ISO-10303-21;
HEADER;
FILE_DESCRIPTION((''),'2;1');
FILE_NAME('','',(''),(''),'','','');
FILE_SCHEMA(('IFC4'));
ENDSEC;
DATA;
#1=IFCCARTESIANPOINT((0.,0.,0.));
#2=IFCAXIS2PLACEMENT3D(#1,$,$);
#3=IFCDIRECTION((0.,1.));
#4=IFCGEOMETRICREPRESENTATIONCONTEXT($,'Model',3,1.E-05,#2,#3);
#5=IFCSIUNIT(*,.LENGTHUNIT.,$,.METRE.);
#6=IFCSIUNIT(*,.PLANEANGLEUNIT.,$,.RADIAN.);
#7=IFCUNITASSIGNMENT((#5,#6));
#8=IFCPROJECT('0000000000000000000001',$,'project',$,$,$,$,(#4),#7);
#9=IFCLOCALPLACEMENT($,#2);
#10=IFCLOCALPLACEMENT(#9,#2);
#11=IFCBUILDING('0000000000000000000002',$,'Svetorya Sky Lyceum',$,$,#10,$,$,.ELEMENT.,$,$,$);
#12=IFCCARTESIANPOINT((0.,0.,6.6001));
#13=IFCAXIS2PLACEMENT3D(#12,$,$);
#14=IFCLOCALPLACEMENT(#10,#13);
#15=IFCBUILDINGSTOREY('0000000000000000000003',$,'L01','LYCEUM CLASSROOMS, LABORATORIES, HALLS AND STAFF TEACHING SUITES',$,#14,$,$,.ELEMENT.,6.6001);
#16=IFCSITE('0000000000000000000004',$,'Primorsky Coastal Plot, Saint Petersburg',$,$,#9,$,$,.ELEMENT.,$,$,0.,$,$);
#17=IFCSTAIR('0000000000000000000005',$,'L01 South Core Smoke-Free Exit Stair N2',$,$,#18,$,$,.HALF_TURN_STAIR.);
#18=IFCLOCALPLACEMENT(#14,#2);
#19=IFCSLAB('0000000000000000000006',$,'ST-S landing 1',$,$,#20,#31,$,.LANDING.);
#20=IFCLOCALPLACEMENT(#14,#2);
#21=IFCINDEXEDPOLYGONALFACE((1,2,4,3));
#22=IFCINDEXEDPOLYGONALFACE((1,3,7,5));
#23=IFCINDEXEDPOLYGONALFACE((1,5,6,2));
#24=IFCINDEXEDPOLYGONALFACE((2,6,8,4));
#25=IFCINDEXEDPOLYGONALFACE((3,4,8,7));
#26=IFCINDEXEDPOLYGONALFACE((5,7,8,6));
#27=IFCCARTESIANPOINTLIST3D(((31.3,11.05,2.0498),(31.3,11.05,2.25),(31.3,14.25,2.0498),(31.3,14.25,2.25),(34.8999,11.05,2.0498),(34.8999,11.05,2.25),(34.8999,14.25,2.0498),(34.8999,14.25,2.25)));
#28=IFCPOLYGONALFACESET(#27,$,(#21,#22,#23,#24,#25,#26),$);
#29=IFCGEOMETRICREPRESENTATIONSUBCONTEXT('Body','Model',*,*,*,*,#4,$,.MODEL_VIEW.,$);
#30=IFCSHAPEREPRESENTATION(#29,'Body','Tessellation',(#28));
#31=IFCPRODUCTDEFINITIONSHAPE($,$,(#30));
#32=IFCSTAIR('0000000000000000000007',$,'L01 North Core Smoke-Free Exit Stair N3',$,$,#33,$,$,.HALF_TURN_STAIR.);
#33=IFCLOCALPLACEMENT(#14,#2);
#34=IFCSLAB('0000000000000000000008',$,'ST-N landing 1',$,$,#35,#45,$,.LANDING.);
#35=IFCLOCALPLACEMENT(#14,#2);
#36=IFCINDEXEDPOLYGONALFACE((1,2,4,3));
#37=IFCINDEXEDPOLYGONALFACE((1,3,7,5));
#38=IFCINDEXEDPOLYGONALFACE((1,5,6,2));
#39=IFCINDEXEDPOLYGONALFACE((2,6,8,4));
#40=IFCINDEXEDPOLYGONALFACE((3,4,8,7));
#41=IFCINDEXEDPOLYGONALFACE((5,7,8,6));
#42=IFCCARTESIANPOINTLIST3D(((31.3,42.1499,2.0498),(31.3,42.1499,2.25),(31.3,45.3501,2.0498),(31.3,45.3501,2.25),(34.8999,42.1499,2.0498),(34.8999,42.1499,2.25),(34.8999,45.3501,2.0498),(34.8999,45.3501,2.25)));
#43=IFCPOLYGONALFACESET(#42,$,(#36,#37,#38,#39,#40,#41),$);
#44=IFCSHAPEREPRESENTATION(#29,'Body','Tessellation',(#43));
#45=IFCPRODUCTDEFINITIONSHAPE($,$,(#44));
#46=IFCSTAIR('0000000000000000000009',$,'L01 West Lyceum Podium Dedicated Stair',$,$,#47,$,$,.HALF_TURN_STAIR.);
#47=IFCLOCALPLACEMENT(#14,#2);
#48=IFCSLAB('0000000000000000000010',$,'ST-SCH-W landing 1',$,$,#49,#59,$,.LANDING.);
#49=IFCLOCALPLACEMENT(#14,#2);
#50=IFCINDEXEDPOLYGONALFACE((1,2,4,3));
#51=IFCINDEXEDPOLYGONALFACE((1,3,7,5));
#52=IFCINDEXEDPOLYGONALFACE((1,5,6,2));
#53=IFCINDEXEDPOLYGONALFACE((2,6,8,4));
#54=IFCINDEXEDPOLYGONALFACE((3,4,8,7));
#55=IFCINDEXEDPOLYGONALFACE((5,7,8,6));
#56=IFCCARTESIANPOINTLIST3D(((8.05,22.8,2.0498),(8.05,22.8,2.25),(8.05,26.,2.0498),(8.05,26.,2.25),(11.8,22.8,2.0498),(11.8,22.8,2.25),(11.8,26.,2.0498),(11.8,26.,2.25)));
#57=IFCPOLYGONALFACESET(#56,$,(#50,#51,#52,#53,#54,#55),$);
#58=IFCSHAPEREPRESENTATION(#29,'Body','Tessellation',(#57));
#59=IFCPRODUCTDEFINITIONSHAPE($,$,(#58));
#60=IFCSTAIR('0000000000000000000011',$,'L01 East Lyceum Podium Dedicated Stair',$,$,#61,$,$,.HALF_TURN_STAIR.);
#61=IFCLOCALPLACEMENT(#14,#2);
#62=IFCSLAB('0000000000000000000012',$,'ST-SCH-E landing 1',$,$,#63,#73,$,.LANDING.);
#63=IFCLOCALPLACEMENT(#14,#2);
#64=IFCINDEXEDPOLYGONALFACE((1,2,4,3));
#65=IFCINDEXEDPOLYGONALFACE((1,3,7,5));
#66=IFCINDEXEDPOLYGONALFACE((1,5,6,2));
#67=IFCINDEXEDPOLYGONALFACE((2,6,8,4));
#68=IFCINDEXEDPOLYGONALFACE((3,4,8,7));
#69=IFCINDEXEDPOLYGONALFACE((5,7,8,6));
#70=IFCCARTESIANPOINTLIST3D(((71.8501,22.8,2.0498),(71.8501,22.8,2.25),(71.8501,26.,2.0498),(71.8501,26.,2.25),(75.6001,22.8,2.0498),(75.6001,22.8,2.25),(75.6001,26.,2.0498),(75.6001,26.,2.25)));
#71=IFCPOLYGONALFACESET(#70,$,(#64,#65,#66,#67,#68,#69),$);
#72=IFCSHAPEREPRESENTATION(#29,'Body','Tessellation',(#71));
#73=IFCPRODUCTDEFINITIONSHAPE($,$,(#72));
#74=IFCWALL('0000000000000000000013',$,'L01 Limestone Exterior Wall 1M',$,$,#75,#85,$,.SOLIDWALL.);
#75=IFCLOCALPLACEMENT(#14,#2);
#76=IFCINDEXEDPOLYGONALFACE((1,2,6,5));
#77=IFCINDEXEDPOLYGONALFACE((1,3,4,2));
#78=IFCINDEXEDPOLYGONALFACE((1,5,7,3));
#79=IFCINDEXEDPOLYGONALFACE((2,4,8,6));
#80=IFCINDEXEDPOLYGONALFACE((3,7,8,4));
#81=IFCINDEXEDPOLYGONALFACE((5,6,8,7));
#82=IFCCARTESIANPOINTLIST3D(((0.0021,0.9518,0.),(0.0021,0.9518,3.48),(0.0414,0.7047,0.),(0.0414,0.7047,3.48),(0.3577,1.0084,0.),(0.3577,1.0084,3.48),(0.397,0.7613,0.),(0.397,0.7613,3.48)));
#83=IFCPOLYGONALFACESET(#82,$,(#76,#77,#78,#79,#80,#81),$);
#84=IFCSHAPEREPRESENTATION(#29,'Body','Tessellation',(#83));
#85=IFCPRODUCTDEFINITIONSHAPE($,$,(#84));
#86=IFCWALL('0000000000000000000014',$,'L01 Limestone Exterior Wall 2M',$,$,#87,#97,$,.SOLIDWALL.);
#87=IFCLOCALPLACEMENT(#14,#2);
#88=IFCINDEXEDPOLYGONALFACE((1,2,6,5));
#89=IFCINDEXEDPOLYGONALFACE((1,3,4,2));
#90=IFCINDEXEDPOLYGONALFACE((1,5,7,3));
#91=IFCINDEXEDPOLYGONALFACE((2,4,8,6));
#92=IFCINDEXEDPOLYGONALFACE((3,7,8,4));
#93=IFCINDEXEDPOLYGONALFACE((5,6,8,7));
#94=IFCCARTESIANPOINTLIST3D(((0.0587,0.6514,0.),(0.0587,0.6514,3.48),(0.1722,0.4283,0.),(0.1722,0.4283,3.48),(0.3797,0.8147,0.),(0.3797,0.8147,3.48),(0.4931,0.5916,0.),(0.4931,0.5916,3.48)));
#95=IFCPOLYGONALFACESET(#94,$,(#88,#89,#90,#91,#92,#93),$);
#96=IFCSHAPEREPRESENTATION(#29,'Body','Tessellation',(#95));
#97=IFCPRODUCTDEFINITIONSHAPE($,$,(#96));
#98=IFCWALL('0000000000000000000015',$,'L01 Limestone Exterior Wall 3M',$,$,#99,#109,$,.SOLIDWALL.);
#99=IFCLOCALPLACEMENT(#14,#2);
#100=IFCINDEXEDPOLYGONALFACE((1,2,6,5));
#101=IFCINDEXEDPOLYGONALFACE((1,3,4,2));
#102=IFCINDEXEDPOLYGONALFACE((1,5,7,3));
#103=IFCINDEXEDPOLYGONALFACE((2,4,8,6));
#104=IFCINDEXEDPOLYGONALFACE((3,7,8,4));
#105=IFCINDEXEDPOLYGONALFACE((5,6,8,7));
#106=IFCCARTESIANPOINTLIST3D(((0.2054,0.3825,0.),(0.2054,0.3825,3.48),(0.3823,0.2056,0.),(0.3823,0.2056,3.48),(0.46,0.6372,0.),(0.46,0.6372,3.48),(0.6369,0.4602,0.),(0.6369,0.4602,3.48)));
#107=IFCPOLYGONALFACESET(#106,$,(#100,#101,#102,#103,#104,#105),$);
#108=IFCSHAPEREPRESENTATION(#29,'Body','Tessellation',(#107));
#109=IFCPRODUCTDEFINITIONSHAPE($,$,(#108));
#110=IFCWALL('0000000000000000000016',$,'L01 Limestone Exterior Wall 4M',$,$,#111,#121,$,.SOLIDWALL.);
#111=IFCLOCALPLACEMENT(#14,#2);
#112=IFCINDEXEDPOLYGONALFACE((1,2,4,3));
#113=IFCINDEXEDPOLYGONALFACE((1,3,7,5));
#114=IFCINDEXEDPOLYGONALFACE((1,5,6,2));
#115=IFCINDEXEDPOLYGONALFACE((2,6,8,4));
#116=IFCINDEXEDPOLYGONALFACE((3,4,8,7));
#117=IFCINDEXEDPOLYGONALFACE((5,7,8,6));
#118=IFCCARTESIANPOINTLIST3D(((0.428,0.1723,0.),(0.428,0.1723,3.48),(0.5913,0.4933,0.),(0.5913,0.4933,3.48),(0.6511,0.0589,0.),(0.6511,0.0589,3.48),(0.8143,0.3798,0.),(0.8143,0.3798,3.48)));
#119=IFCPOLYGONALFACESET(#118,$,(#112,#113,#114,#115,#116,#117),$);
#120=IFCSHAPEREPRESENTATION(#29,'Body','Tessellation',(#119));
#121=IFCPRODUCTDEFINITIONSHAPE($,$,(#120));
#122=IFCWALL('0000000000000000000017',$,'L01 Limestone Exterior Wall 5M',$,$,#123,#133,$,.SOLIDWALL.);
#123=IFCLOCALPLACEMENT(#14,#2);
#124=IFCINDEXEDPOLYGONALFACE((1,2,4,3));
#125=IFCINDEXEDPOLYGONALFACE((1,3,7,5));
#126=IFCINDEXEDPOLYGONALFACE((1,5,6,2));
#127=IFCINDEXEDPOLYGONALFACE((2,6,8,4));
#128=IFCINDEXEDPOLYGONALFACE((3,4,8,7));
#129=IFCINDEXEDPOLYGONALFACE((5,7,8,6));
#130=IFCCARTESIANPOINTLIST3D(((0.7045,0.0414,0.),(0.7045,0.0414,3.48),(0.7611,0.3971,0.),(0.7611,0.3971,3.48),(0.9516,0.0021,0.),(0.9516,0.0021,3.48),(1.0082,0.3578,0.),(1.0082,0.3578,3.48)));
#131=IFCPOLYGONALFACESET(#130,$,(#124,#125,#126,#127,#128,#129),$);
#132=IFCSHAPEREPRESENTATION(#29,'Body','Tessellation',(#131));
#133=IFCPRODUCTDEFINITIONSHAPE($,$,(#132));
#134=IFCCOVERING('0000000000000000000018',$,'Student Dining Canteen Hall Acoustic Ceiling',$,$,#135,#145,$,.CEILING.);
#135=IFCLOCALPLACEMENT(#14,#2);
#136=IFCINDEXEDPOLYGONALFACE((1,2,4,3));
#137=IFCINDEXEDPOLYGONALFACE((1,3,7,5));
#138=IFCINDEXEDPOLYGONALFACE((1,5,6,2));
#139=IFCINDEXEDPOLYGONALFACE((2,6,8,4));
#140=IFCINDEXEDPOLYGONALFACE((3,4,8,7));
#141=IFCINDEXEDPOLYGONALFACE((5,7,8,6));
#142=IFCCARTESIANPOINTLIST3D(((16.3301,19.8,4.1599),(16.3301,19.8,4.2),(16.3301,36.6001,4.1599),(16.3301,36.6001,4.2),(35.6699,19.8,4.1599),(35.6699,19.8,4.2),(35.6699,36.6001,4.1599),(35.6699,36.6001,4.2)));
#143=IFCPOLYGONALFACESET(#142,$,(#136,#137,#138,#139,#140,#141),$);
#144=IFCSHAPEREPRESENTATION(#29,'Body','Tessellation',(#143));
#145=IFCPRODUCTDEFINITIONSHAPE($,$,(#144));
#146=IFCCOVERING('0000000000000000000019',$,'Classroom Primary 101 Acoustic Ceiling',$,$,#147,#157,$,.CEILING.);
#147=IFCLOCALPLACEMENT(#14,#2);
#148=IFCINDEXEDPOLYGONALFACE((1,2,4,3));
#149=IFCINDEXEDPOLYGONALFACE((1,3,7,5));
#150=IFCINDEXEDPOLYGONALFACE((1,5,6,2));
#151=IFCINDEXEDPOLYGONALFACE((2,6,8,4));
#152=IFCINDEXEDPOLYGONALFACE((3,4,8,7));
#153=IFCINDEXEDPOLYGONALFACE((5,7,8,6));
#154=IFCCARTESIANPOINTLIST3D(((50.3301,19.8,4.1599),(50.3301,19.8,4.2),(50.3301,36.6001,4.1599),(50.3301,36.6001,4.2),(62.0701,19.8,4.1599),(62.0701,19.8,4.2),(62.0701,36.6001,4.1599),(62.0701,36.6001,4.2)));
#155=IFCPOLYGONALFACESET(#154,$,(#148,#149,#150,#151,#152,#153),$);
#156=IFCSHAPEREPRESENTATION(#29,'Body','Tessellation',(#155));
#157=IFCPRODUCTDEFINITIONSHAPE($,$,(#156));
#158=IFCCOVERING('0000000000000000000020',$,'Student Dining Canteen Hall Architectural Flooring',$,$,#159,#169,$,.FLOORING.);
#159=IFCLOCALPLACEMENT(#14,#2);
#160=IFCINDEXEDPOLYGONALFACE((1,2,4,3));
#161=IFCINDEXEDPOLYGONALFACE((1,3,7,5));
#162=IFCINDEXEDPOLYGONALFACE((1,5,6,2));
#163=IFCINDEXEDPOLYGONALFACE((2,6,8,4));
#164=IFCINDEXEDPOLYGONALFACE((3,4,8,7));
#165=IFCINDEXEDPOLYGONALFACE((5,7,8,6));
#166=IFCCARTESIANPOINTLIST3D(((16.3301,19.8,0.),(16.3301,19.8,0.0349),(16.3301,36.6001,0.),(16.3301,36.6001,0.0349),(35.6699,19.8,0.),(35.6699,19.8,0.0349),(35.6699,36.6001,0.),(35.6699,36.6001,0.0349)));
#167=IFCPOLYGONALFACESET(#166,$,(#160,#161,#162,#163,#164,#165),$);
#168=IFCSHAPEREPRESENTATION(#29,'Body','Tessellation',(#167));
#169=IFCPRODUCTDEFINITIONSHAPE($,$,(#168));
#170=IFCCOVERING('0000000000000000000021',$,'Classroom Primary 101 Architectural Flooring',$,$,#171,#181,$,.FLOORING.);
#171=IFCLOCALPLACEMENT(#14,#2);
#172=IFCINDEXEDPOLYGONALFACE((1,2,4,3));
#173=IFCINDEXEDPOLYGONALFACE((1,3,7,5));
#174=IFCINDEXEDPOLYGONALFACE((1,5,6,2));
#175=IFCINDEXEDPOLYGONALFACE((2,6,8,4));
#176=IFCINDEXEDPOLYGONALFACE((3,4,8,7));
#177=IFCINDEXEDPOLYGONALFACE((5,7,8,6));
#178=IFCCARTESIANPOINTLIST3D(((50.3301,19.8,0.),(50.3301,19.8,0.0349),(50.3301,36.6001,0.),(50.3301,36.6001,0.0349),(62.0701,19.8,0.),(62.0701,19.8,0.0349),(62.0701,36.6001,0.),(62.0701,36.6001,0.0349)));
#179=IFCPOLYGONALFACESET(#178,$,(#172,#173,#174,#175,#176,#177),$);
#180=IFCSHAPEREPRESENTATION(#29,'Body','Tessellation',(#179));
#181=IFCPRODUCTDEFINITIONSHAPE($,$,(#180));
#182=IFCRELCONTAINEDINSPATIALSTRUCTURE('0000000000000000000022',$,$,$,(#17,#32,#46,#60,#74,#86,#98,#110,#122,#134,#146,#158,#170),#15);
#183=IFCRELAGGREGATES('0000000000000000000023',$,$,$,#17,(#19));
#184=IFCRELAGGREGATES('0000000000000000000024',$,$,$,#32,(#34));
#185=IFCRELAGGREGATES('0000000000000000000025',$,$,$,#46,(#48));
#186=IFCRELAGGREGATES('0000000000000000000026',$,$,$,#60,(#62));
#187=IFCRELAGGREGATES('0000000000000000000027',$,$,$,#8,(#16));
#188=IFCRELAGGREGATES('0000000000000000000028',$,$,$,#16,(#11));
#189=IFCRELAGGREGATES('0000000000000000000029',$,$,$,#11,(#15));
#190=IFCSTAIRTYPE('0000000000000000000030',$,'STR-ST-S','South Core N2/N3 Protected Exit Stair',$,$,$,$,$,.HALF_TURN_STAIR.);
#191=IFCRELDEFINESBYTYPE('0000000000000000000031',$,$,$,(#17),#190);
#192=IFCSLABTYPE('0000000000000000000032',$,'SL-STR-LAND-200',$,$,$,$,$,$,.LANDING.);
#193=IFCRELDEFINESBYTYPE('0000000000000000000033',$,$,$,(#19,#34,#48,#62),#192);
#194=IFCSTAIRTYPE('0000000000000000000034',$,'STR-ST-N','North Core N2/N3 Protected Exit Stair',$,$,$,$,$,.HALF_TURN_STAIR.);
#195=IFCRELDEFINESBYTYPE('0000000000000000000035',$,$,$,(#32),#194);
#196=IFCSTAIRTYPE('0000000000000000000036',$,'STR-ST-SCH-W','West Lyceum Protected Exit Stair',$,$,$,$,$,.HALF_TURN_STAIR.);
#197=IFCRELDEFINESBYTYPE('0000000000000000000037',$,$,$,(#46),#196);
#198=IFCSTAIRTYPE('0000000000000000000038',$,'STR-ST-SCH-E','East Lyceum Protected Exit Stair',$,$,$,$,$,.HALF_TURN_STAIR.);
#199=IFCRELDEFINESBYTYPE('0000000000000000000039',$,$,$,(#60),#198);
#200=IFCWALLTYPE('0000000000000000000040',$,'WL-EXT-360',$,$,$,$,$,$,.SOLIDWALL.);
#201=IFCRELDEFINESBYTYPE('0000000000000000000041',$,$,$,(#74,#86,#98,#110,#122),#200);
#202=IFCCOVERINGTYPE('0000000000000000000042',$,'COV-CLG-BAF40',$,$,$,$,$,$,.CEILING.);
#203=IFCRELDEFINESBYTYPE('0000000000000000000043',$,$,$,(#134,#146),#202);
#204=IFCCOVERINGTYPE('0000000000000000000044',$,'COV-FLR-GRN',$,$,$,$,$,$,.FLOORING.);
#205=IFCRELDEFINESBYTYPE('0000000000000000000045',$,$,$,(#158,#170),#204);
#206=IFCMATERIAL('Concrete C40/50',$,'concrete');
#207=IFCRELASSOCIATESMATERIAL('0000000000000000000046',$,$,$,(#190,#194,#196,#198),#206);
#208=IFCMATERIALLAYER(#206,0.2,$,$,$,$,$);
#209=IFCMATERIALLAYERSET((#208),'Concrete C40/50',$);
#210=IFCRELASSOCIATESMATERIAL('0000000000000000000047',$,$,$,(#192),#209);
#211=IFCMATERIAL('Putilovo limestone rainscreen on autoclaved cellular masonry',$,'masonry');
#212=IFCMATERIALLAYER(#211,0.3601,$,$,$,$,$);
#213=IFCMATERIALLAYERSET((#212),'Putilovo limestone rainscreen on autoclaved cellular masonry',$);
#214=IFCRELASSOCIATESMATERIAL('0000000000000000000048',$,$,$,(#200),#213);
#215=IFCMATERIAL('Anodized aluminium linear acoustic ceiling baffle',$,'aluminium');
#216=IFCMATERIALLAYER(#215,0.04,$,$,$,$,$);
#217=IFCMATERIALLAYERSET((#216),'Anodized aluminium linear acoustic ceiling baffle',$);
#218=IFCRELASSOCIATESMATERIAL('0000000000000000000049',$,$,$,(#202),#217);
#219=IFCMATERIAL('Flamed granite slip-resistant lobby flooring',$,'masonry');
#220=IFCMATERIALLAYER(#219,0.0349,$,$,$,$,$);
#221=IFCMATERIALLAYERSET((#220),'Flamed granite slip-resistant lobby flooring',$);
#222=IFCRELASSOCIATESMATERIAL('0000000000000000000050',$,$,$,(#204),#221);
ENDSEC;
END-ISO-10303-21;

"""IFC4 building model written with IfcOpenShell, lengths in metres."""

from ifc_helpers import new_model, si_unit, direction, frame, frame_2d, origin, place, context, subcontext, project, spatial, polyline, rectangle, outline, extrude, material, layer, layer_set, type_object, element, aggregate, save


model = new_model("IFC4")

# Units and contexts
model_context = context("Model", 3, precision=1e-05, world=origin(), true_north=direction((0.0, 1.0)))
body_context = subcontext(model_context, "Body", "Model", "MODEL_VIEW")
ifc_project = project(units=[si_unit("LENGTHUNIT", "METRE"), si_unit("PLANEANGLEUNIT", "RADIAN")], contexts=[model_context])

# Site, building, storey
site_placement = place(None, origin())
site = spatial("IfcSite", under=ifc_project, at=site_placement, Name="Primorsky Coastal Plot, Saint Petersburg", CompositionType="ELEMENT", RefElevation=0.0)
building_placement = place(site_placement, origin())
building = spatial("IfcBuilding", under=site, at=building_placement, Name="Svetorya Sky Lyceum", CompositionType="ELEMENT")
storey_placement = place(building_placement, frame((0.0, 0.0, 6.6001)))
storey = spatial("IfcBuildingStorey", under=building, at=storey_placement, Name="L01", Description="LYCEUM CLASSROOMS, LABORATORIES, HALLS AND STAFF TEACHING SUITES", CompositionType="ELEMENT", Elevation=6.6001)

# Shared definitions
ifc_material_1 = material(Name="Concrete C40/50", Category="concrete")

# Stairs, slabs
stair_type_1 = type_object("IfcStairType", Name="STR-ST-S", Description="South Core N2/N3 Protected Exit Stair", PredefinedType="HALF_TURN_STAIR", material=ifc_material_1)
stair_1_placement = place(storey_placement, origin())
stair_1 = element("IfcStair", 1, at=stair_1_placement, inside=storey, type_object=stair_type_1, Name="L01 South Core Smoke-Free Exit Stair N2", PredefinedType="HALF_TURN_STAIR")
ifc_layer_1 = layer(ifc_material_1, 0.2)
ifc_layer_set_1 = layer_set([ifc_layer_1], Name="Concrete C40/50")
slab_type_1 = type_object("IfcSlabType", Name="SL-STR-LAND-200", PredefinedType="LANDING", material=ifc_layer_set_1)
slab_1_placement = place(storey_placement, frame((0.0, 0.0, 2.0498)))
slab_1 = element("IfcSlab", 2, at=slab_1_placement, type_object=slab_type_1, Name="ST-S landing 1", PredefinedType="LANDING", context=body_context, shape_type="SweptSolid", body=[
    extrude(outline(polyline([(31.3, 11.05), (34.8999, 11.05), (34.8999, 14.25), (31.3, 14.25), (31.3, 11.05)])), origin(), (0.0, 0.0, 1.0), 0.2002),
])
aggregate(stair_1, [slab_1])
stair_type_2 = type_object("IfcStairType", Name="STR-ST-N", Description="North Core N2/N3 Protected Exit Stair", PredefinedType="HALF_TURN_STAIR", material=ifc_material_1)
stair_2_placement = place(storey_placement, origin())
stair_2 = element("IfcStair", 3, at=stair_2_placement, inside=storey, type_object=stair_type_2, Name="L01 North Core Smoke-Free Exit Stair N3", PredefinedType="HALF_TURN_STAIR")
slab_2_placement = place(storey_placement, frame((0.0, 0.0, 2.0498)))
slab_2 = element("IfcSlab", 4, at=slab_2_placement, type_object=slab_type_1, Name="ST-N landing 1", PredefinedType="LANDING", context=body_context, shape_type="SweptSolid", body=[
    extrude(outline(polyline([(31.3, 42.1499), (34.8999, 42.1499), (34.8999, 45.3501), (31.3, 45.3501), (31.3, 42.1499)])), origin(), (0.0, 0.0, 1.0), 0.2002),
])
aggregate(stair_2, [slab_2])
stair_type_3 = type_object("IfcStairType", Name="STR-ST-SCH-W", Description="West Lyceum Protected Exit Stair", PredefinedType="HALF_TURN_STAIR", material=ifc_material_1)
stair_3_placement = place(storey_placement, origin())
stair_3 = element("IfcStair", 5, at=stair_3_placement, inside=storey, type_object=stair_type_3, Name="L01 West Lyceum Podium Dedicated Stair", PredefinedType="HALF_TURN_STAIR")
slab_3_placement = place(storey_placement, frame((0.0, 0.0, 2.0498)))
slab_3 = element("IfcSlab", 6, at=slab_3_placement, type_object=slab_type_1, Name="ST-SCH-W landing 1", PredefinedType="LANDING", context=body_context, shape_type="SweptSolid", body=[
    extrude(outline(polyline([(8.05, 22.8), (11.8, 22.8), (11.8, 26.0), (8.05, 26.0), (8.05, 22.8)])), origin(), (0.0, 0.0, 1.0), 0.2002),
])
aggregate(stair_3, [slab_3])
stair_type_4 = type_object("IfcStairType", Name="STR-ST-SCH-E", Description="East Lyceum Protected Exit Stair", PredefinedType="HALF_TURN_STAIR", material=ifc_material_1)
stair_4_placement = place(storey_placement, origin())
stair_4 = element("IfcStair", 7, at=stair_4_placement, inside=storey, type_object=stair_type_4, Name="L01 East Lyceum Podium Dedicated Stair", PredefinedType="HALF_TURN_STAIR")
slab_4_placement = place(storey_placement, frame((0.0, 0.0, 2.0498)))
slab_4 = element("IfcSlab", 8, at=slab_4_placement, type_object=slab_type_1, Name="ST-SCH-E landing 1", PredefinedType="LANDING", context=body_context, shape_type="SweptSolid", body=[
    extrude(outline(polyline([(71.8501, 22.8), (75.6001, 22.8), (75.6001, 26.0), (71.8501, 26.0), (71.8501, 22.8)])), origin(), (0.0, 0.0, 1.0), 0.2002),
])
aggregate(stair_4, [slab_4])

# Walls
ifc_material_2 = material(Name="Putilovo limestone rainscreen on autoclaved cellular masonry", Category="masonry")
ifc_layer_2 = layer(ifc_material_2, 0.3601)
ifc_layer_set_2 = layer_set([ifc_layer_2], Name="Putilovo limestone rainscreen on autoclaved cellular masonry")
wall_type = type_object("IfcWallType", Name="WL-EXT-360", PredefinedType="SOLIDWALL", material=ifc_layer_set_2)
for number, where, z_axis, x_axis, name in (
    (9, (0.1799, 0.98, 0.0), (0.0, 0.0, 1.0), (0.157115, -0.98758, 0.0), "L01 Limestone Exterior Wall 1M"),
    (10, (0.2192, 0.7329, 0.0), (0.0, 0.0, 1.0), (0.453444, -0.891285, 0.0), "L01 Limestone Exterior Wall 2M"),
    (11, (0.3328, 0.5098, 0.0), (0.0, 0.0, 1.0), (0.707107, -0.707107, 0.0), "L01 Limestone Exterior Wall 3M"),
    (12, (0.5098, 0.3328, 0.0), (0.0, 0.0, 1.0), (0.891285, -0.453444, 0.0), "L01 Limestone Exterior Wall 4M"),
    (13, (0.7329, 0.2192, 0.0), (0.0, 0.0, 1.0), (0.98758, -0.157115, 0.0), "L01 Limestone Exterior Wall 5M"),
):
    element("IfcWall", number, at=place(storey_placement, frame(where, z_axis=z_axis, x_axis=x_axis)), inside=storey, type_object=wall_type, Name=name, PredefinedType="SOLIDWALL", context=body_context, shape_type="SweptSolid", body=[
        extrude(rectangle(XDim=0.2502, YDim=0.3601, at=frame_2d((0.125, 0.0))), origin(), (0.0, 0.0, 1.0), 3.48),
    ])

# Coverings
ifc_material_3 = material(Name="Anodized aluminium linear acoustic ceiling baffle", Category="aluminium")
ifc_layer_3 = layer(ifc_material_3, 0.04)
ifc_layer_set_3 = layer_set([ifc_layer_3], Name="Anodized aluminium linear acoustic ceiling baffle")
covering_type_1 = type_object("IfcCoveringType", Name="COV-CLG-BAF40", PredefinedType="CEILING", material=ifc_layer_set_3)
covering_1_placement = place(storey_placement, frame((0.0, 0.0, 4.1599)))
element("IfcCovering", 14, at=covering_1_placement, inside=storey, type_object=covering_type_1, Name="Student Dining Canteen Hall Acoustic Ceiling", PredefinedType="CEILING", context=body_context, shape_type="SweptSolid", body=[
    extrude(outline(polyline([(16.3301, 19.8), (35.6699, 19.8), (35.6699, 36.6001), (16.3301, 36.6001), (16.3301, 19.8)])), origin(), (0.0, 0.0, 1.0), 0.04),
])
covering_2_placement = place(storey_placement, frame((0.0, 0.0, 4.1599)))
element("IfcCovering", 15, at=covering_2_placement, inside=storey, type_object=covering_type_1, Name="Classroom Primary 101 Acoustic Ceiling", PredefinedType="CEILING", context=body_context, shape_type="SweptSolid", body=[
    extrude(outline(polyline([(50.3301, 19.8), (62.0701, 19.8), (62.0701, 36.6001), (50.3301, 36.6001), (50.3301, 19.8)])), origin(), (0.0, 0.0, 1.0), 0.04),
])
ifc_material_4 = material(Name="Flamed granite slip-resistant lobby flooring", Category="masonry")
ifc_layer_4 = layer(ifc_material_4, 0.0349)
ifc_layer_set_4 = layer_set([ifc_layer_4], Name="Flamed granite slip-resistant lobby flooring")
covering_type_2 = type_object("IfcCoveringType", Name="COV-FLR-GRN", PredefinedType="FLOORING", material=ifc_layer_set_4)
covering_3_placement = place(storey_placement, origin())
element("IfcCovering", 16, at=covering_3_placement, inside=storey, type_object=covering_type_2, Name="Student Dining Canteen Hall Architectural Flooring", PredefinedType="FLOORING", context=body_context, shape_type="SweptSolid", body=[
    extrude(outline(polyline([(16.3301, 19.8), (35.6699, 19.8), (35.6699, 36.6001), (16.3301, 36.6001), (16.3301, 19.8)])), origin(), (0.0, 0.0, 1.0), 0.0349),
])
covering_4_placement = place(storey_placement, origin())
element("IfcCovering", 17, at=covering_4_placement, inside=storey, type_object=covering_type_2, Name="Classroom Primary 101 Architectural Flooring", PredefinedType="FLOORING", context=body_context, shape_type="SweptSolid", body=[
    extrude(outline(polyline([(50.3301, 19.8), (62.0701, 19.8), (62.0701, 36.6001), (50.3301, 36.6001), (50.3301, 19.8)])), origin(), (0.0, 0.0, 1.0), 0.0349),
])

save(model, "model.ifc")
